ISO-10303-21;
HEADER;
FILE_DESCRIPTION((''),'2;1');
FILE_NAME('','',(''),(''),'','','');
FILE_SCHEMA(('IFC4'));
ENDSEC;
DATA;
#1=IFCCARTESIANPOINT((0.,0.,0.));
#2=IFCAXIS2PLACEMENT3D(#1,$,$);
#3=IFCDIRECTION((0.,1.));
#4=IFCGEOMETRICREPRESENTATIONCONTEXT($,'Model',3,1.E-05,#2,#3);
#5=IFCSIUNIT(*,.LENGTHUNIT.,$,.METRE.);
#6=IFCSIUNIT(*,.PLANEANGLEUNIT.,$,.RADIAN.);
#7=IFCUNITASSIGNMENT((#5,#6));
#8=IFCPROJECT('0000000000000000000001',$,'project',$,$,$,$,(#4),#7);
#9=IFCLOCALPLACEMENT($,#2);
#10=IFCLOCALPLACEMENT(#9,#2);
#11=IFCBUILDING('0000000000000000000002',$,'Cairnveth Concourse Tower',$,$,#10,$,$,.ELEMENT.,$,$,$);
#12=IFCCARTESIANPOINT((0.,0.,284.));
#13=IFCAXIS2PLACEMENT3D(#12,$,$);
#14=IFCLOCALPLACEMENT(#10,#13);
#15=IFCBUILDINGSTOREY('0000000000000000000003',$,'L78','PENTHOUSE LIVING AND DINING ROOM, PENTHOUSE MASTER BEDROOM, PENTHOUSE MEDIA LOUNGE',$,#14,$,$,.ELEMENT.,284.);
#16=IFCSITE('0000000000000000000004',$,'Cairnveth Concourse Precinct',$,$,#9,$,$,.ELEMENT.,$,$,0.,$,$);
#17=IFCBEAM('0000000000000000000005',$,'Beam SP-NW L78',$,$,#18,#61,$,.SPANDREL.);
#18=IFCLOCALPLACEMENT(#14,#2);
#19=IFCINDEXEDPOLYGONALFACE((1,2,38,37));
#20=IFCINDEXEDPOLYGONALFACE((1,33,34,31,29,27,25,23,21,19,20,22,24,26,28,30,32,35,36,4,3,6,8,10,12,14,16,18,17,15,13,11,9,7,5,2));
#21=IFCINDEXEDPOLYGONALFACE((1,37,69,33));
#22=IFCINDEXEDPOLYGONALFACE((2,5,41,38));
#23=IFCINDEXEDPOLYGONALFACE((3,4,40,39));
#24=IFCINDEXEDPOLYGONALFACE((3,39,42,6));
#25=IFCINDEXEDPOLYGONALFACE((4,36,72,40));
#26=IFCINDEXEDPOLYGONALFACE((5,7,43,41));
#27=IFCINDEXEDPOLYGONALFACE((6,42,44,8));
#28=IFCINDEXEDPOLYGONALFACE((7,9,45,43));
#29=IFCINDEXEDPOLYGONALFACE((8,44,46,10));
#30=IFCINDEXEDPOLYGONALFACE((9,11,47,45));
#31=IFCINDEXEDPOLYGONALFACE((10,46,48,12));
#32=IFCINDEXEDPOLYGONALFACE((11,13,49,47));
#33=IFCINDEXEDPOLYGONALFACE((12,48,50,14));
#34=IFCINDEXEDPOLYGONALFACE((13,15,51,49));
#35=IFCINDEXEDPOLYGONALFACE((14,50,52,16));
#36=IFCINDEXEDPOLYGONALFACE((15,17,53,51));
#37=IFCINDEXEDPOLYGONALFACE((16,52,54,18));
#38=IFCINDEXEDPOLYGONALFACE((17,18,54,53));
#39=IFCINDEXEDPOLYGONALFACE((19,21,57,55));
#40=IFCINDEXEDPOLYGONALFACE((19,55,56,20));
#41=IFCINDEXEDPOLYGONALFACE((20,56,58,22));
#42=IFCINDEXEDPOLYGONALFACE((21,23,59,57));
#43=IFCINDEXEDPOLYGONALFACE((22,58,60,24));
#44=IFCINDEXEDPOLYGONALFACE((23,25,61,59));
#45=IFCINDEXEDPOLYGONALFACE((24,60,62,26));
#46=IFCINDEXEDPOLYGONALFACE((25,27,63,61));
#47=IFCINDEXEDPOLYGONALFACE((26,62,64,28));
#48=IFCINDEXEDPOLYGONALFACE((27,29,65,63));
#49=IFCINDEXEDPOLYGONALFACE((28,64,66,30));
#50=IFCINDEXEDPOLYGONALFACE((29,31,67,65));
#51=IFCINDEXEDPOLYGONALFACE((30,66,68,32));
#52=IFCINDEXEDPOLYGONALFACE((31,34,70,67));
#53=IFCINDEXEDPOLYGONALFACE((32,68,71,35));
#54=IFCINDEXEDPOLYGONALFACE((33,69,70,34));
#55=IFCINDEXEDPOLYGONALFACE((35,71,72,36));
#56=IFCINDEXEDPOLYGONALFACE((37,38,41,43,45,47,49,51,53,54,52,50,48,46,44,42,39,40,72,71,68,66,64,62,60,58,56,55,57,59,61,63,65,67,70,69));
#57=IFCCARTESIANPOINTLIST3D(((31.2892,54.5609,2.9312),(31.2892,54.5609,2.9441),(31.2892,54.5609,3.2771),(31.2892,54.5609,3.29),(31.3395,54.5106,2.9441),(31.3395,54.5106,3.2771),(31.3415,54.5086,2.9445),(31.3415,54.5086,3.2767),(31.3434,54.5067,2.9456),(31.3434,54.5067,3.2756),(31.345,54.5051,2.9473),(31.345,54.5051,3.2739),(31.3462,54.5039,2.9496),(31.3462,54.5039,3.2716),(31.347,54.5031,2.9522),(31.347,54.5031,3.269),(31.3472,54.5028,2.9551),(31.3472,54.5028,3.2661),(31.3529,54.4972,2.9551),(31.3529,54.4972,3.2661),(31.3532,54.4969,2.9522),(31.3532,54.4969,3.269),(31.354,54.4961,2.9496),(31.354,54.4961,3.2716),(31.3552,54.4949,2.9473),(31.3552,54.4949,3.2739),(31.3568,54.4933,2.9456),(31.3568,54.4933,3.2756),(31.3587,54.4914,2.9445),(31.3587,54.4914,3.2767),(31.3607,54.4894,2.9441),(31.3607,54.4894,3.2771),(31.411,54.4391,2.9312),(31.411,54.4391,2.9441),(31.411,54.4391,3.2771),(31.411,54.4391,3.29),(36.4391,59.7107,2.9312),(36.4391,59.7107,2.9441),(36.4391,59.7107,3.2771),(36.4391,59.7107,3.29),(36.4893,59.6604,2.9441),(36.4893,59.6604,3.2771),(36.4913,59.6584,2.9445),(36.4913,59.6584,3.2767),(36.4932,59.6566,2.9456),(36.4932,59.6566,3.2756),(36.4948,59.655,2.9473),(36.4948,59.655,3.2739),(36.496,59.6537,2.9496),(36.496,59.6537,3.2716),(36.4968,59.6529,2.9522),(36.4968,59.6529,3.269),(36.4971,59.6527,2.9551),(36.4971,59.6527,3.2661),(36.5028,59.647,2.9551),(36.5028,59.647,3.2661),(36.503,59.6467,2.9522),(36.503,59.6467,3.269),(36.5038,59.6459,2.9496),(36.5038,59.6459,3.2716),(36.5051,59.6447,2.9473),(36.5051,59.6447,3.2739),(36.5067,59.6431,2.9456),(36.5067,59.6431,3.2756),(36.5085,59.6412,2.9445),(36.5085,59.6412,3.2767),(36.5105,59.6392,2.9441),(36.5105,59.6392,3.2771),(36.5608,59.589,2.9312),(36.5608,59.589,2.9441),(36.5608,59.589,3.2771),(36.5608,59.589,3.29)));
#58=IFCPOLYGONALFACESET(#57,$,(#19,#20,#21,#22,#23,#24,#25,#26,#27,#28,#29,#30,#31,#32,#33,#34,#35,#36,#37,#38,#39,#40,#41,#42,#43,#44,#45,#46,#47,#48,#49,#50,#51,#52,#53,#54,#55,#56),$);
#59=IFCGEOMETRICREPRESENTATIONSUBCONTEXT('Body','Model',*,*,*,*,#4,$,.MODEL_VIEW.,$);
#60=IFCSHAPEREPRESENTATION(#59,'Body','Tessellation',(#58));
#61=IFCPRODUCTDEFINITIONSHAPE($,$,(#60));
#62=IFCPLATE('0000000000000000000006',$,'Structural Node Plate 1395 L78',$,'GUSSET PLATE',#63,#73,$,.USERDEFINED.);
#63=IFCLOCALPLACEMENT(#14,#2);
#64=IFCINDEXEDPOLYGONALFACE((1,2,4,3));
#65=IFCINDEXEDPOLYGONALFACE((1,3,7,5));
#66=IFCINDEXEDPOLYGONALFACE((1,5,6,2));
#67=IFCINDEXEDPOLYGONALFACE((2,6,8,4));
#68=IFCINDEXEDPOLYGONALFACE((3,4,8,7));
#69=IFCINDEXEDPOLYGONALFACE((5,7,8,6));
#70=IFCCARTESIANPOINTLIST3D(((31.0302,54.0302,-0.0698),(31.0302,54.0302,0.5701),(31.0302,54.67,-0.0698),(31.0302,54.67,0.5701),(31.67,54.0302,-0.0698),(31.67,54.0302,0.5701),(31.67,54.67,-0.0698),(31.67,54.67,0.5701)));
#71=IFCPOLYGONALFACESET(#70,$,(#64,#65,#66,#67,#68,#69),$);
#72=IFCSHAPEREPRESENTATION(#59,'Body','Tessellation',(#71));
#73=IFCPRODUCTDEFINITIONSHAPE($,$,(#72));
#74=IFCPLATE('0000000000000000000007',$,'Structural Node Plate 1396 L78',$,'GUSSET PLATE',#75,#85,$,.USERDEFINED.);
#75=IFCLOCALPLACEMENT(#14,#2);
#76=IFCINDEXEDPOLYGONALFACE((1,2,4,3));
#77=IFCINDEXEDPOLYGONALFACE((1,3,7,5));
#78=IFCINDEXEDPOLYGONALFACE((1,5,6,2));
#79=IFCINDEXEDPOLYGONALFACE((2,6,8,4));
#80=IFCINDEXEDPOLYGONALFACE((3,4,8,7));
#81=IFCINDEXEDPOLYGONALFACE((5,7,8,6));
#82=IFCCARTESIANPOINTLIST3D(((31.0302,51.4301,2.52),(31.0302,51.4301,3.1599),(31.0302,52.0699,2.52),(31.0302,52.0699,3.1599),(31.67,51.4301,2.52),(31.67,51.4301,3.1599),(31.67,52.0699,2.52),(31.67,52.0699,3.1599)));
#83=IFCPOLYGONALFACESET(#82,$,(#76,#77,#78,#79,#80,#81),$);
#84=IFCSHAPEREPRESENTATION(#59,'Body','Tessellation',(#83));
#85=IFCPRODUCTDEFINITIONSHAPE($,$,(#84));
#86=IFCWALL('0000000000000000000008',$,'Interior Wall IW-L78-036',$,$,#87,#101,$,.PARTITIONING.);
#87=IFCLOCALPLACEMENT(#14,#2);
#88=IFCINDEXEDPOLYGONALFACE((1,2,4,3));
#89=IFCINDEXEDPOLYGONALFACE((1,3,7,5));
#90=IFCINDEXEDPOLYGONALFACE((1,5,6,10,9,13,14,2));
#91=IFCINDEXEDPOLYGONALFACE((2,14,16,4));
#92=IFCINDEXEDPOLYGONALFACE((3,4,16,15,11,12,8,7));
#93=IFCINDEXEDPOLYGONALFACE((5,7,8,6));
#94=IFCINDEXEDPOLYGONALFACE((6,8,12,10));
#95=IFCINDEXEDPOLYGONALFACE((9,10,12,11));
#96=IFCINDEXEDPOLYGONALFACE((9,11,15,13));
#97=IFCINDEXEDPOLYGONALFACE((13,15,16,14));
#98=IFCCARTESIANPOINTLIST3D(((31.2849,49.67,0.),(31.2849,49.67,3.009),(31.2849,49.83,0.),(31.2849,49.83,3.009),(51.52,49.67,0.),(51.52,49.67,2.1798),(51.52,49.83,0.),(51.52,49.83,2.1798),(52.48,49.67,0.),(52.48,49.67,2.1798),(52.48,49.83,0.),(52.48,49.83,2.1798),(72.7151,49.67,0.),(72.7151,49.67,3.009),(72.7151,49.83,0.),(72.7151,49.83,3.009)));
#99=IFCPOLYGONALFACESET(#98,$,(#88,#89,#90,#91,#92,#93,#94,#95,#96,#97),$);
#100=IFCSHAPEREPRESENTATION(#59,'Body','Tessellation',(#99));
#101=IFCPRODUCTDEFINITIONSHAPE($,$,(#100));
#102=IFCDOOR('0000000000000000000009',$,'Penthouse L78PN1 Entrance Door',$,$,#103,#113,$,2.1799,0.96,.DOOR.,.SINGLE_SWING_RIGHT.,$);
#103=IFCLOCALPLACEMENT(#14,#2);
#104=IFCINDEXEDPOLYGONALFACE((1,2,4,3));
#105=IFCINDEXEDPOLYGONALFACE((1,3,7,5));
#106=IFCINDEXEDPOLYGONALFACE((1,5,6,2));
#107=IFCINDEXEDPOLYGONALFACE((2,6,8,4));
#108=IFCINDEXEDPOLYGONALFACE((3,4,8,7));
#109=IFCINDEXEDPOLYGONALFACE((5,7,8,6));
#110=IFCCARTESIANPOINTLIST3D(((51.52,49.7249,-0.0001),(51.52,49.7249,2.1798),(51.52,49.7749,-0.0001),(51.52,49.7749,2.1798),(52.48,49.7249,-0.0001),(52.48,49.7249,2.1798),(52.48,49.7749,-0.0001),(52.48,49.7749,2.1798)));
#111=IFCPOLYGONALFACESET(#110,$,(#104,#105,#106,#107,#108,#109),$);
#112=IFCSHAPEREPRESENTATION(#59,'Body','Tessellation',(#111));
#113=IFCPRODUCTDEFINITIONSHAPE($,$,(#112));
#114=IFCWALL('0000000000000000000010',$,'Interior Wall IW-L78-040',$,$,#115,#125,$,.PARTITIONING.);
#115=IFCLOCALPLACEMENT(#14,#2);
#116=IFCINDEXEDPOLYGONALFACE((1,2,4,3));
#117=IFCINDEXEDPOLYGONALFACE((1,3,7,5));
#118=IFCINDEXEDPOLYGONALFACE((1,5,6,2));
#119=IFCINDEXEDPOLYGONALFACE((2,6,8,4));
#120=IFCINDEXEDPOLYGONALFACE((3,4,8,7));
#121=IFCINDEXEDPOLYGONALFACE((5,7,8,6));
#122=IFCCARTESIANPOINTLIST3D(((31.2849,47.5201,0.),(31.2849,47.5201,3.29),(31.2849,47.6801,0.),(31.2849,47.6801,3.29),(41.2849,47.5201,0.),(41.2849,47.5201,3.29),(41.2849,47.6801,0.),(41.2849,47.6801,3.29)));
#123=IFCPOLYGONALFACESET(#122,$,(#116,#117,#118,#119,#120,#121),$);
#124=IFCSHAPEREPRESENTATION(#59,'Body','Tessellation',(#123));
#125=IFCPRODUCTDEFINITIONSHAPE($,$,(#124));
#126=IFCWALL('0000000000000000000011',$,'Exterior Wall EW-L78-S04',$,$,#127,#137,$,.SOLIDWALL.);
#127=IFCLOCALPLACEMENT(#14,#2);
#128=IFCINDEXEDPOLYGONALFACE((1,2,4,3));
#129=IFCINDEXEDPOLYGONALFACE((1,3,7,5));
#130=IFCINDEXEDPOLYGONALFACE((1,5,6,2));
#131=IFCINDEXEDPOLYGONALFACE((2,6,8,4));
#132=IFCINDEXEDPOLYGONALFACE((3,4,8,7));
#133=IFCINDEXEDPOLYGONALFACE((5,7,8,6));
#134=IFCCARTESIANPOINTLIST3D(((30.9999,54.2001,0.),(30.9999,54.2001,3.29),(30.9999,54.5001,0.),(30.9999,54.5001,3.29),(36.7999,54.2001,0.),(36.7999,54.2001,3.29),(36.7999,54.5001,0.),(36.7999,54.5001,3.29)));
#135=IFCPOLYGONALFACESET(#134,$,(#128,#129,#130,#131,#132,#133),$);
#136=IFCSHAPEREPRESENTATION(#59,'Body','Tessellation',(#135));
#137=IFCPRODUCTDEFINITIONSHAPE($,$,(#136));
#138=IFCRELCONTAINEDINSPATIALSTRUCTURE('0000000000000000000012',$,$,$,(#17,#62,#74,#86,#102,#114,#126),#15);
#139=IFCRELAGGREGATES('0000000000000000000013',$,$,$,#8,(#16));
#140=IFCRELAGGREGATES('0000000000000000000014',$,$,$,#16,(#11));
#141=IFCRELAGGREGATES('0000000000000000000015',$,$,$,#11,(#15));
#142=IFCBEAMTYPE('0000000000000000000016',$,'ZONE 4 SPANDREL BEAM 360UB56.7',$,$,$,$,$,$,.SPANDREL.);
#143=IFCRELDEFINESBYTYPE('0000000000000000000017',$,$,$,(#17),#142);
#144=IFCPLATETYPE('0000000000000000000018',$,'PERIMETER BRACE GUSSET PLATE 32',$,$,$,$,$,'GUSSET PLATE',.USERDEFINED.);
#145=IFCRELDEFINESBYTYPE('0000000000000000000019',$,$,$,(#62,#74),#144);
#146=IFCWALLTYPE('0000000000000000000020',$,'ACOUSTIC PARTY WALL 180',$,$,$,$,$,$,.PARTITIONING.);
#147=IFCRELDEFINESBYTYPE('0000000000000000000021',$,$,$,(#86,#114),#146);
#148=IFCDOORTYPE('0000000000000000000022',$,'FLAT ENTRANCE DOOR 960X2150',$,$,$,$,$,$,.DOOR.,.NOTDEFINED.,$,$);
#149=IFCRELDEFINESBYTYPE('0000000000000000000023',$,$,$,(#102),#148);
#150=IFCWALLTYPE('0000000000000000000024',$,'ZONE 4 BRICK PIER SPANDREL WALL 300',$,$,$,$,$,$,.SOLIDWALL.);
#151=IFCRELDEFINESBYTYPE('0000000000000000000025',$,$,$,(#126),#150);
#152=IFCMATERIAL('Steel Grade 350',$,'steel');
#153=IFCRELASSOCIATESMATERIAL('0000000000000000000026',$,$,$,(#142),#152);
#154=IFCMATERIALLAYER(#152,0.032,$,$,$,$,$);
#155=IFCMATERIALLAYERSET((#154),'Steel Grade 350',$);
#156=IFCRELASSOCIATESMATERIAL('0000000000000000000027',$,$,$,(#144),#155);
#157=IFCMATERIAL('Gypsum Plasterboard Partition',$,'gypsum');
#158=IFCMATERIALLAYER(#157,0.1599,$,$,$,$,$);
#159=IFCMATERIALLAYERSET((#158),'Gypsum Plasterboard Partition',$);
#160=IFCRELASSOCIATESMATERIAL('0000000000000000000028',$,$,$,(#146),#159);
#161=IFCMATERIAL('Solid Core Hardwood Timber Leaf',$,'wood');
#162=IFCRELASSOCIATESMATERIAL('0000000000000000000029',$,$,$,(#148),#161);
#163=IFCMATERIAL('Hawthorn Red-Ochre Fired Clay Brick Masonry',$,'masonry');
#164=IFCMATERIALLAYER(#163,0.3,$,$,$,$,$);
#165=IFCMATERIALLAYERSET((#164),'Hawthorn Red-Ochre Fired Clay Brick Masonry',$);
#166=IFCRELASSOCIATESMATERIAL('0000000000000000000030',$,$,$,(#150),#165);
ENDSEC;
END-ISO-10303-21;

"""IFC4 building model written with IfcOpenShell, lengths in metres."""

from ifc_helpers import new_model, si_unit, direction, frame, frame_2d, origin, origin_2d, place, context, subcontext, project, spatial, rectangle, i_section, extrude, material, layer, layer_set, material_profile, profile_set, type_object, element, fill, save


model = new_model("IFC4")

# Units and contexts
model_context = context("Model", 3, precision=1e-05, world=origin(), true_north=direction((0.0, 1.0)))
body_context = subcontext(model_context, "Body", "Model", "MODEL_VIEW")
ifc_project = project(units=[si_unit("LENGTHUNIT", "METRE"), si_unit("PLANEANGLEUNIT", "RADIAN")], contexts=[model_context])

# Site, building, storey
site_placement = place(None, origin())
site = spatial("IfcSite", under=ifc_project, at=site_placement, Name="Cairnveth Concourse Precinct", CompositionType="ELEMENT", RefElevation=0.0)
building_placement = place(site_placement, origin())
building = spatial("IfcBuilding", under=site, at=building_placement, Name="Cairnveth Concourse Tower", CompositionType="ELEMENT")
storey_placement = place(building_placement, frame((0.0, 0.0, 284.0)))
storey = spatial("IfcBuildingStorey", under=building, at=storey_placement, Name="L78", Description="PENTHOUSE LIVING AND DINING ROOM, PENTHOUSE MASTER BEDROOM, PENTHOUSE MEDIA LOUNGE", CompositionType="ELEMENT", Elevation=284.0)

# Shared definitions
ifc_material_1 = material(Name="Steel Grade 350", Category="steel")

# Beam
ifc_material_profile_1 = material_profile(ifc_material_1, i_section(OverallWidth=0.1721, OverallDepth=0.3589, WebThickness=0.0081, FlangeThickness=0.0129, FilletRadius=0.011, at=origin_2d()), Name="360UB56.7")
ifc_profile_set_1 = profile_set([ifc_material_profile_1], Name="Steel Grade 350")
beam_type_1 = type_object("IfcBeamType", Name="ZONE 4 SPANDREL BEAM 360UB56.7", PredefinedType="SPANDREL", material=ifc_profile_set_1)
beam_1_placement = place(storey_placement, frame((31.3501, 54.5, 3.1106), z_axis=(0.707107, 0.707107, 0.0), x_axis=(-0.707107, 0.707107, 0.0)))
element("IfcBeam", 1, at=beam_1_placement, inside=storey, type_object=beam_type_1, Name="Beam SP-NW L78", PredefinedType="SPANDREL", context=body_context, shape_type="SweptSolid", body=[
    extrude(i_section(OverallWidth=0.1721, OverallDepth=0.3589, WebThickness=0.0081, FlangeThickness=0.0129, FilletRadius=0.011, at=origin_2d()), origin(), (0.0, 0.0, 1.0), 7.283),
])

# Plates
ifc_layer_1 = layer(ifc_material_1, 0.032)
ifc_layer_set_1 = layer_set([ifc_layer_1], Name="Steel Grade 350")
plate_type = type_object("IfcPlateType", Name="PERIMETER BRACE GUSSET PLATE 32", ElementType="GUSSET PLATE", PredefinedType="USERDEFINED", material=ifc_layer_set_1)
for number, where, z_axis, x_axis, name in (
    (2, (31.3501, 54.3501, -0.0698), (0.0, 0.0, 1.0), (1.0, 0.0, 0.0), "Structural Node Plate 1395 L78"),
    (3, (31.3501, 51.75, 2.52), (0.0, 0.0, 1.0), (1.0, 0.0, 0.0), "Structural Node Plate 1396 L78"),
):
    element("IfcPlate", number, at=place(storey_placement, frame(where, z_axis=z_axis, x_axis=x_axis)), inside=storey, type_object=plate_type, Name=name, ObjectType="GUSSET PLATE", PredefinedType="USERDEFINED", context=body_context, shape_type="SweptSolid", body=[
        extrude(rectangle(XDim=0.6399, YDim=0.6399, at=origin_2d()), origin(), (0.0, 0.0, 1.0), 0.6399),
    ])

# Wall, opening, door
ifc_material_2 = material(Name="Gypsum Plasterboard Partition", Category="gypsum")
ifc_layer_2 = layer(ifc_material_2, 0.1599)
ifc_layer_set_2 = layer_set([ifc_layer_2], Name="Gypsum Plasterboard Partition")
wall_type_1 = type_object("IfcWallType", Name="ACOUSTIC PARTY WALL 180", PredefinedType="PARTITIONING", material=ifc_layer_set_2)
wall_1_placement = place(storey_placement, frame((31.2849, 49.75, 0.0), z_axis=(0.0, 0.0, 1.0), x_axis=(1.0, 0.0, 0.0)))
wall_1 = element("IfcWall", 4, at=wall_1_placement, inside=storey, type_object=wall_type_1, Name="Interior Wall IW-L78-036", PredefinedType="PARTITIONING", context=body_context, shape_type="SweptSolid", body=[
    extrude(rectangle(XDim=41.4302, YDim=0.1599, at=frame_2d((20.7151, 0.0))), origin(), (0.0, 0.0, 1.0), 3.009),
])
opening_1_placement = place(wall_1_placement, frame((20.2351, 0.0, 0.0)))
opening_1 = element("IfcOpeningElement", 5, at=opening_1_placement, cuts=wall_1, PredefinedType="OPENING", context=body_context, shape_type="SweptSolid", body=[
    extrude(rectangle(XDim=0.96, YDim=2.1799, at=frame_2d((0.48, 1.0898))), frame((0.0, 0.0898, 0.0), z_axis=(0.0, -1.0, 0.0), x_axis=(1.0, 0.0, 0.0)), (0.0, 0.0, 1.0), 0.1799),
])
ifc_material_3 = material(Name="Solid Core Hardwood Timber Leaf", Category="wood")
door_type = type_object("IfcDoorType", Name="FLAT ENTRANCE DOOR 960X2150", OperationType="NOTDEFINED", PredefinedType="DOOR", material=ifc_material_3)
door_placement = place(opening_1_placement, origin())
door = element("IfcDoor", 6, at=door_placement, inside=storey, type_object=door_type, Name="Penthouse L78PN1 Entrance Door", OperationType="SINGLE_SWING_RIGHT", OverallHeight=2.1799, OverallWidth=0.96, PredefinedType="DOOR", context=body_context, shape_type="SweptSolid", body=[
    extrude(rectangle(XDim=0.96, YDim=2.1799, at=frame_2d((0.48, 1.0898))), frame((0.0, 0.0249, 0.0), z_axis=(0.0, -1.0, 0.0), x_axis=(1.0, 0.0, 0.0)), (0.0, 0.0, 1.0), 0.05),
])
fill(opening_1, door)

# Walls
wall_2_placement = place(storey_placement, frame((31.2849, 47.6001, 0.0), z_axis=(0.0, 0.0, 1.0), x_axis=(1.0, 0.0, 0.0)))
element("IfcWall", 7, at=wall_2_placement, inside=storey, type_object=wall_type_1, Name="Interior Wall IW-L78-040", PredefinedType="PARTITIONING", context=body_context, shape_type="SweptSolid", body=[
    extrude(rectangle(XDim=10.0, YDim=0.1599, at=frame_2d((5.0, 0.0))), origin(), (0.0, 0.0, 1.0), 3.29),
])
ifc_material_4 = material(Name="Hawthorn Red-Ochre Fired Clay Brick Masonry", Category="masonry")
ifc_layer_3 = layer(ifc_material_4, 0.3)
ifc_layer_set_3 = layer_set([ifc_layer_3], Name="Hawthorn Red-Ochre Fired Clay Brick Masonry")
wall_type_2 = type_object("IfcWallType", Name="ZONE 4 BRICK PIER SPANDREL WALL 300", PredefinedType="SOLIDWALL", material=ifc_layer_set_3)
wall_3_placement = place(storey_placement, frame((31.0, 54.3501, 0.0), z_axis=(0.0, 0.0, 1.0), x_axis=(1.0, 0.0, 0.0)))
element("IfcWall", 8, at=wall_3_placement, inside=storey, type_object=wall_type_2, Name="Exterior Wall EW-L78-S04", PredefinedType="SOLIDWALL", context=body_context, shape_type="SweptSolid", body=[
    extrude(rectangle(XDim=5.8, YDim=0.3, at=frame_2d((2.8999, 0.0))), origin(), (0.0, 0.0, 1.0), 3.29),
])

save(model, "model.ifc")
